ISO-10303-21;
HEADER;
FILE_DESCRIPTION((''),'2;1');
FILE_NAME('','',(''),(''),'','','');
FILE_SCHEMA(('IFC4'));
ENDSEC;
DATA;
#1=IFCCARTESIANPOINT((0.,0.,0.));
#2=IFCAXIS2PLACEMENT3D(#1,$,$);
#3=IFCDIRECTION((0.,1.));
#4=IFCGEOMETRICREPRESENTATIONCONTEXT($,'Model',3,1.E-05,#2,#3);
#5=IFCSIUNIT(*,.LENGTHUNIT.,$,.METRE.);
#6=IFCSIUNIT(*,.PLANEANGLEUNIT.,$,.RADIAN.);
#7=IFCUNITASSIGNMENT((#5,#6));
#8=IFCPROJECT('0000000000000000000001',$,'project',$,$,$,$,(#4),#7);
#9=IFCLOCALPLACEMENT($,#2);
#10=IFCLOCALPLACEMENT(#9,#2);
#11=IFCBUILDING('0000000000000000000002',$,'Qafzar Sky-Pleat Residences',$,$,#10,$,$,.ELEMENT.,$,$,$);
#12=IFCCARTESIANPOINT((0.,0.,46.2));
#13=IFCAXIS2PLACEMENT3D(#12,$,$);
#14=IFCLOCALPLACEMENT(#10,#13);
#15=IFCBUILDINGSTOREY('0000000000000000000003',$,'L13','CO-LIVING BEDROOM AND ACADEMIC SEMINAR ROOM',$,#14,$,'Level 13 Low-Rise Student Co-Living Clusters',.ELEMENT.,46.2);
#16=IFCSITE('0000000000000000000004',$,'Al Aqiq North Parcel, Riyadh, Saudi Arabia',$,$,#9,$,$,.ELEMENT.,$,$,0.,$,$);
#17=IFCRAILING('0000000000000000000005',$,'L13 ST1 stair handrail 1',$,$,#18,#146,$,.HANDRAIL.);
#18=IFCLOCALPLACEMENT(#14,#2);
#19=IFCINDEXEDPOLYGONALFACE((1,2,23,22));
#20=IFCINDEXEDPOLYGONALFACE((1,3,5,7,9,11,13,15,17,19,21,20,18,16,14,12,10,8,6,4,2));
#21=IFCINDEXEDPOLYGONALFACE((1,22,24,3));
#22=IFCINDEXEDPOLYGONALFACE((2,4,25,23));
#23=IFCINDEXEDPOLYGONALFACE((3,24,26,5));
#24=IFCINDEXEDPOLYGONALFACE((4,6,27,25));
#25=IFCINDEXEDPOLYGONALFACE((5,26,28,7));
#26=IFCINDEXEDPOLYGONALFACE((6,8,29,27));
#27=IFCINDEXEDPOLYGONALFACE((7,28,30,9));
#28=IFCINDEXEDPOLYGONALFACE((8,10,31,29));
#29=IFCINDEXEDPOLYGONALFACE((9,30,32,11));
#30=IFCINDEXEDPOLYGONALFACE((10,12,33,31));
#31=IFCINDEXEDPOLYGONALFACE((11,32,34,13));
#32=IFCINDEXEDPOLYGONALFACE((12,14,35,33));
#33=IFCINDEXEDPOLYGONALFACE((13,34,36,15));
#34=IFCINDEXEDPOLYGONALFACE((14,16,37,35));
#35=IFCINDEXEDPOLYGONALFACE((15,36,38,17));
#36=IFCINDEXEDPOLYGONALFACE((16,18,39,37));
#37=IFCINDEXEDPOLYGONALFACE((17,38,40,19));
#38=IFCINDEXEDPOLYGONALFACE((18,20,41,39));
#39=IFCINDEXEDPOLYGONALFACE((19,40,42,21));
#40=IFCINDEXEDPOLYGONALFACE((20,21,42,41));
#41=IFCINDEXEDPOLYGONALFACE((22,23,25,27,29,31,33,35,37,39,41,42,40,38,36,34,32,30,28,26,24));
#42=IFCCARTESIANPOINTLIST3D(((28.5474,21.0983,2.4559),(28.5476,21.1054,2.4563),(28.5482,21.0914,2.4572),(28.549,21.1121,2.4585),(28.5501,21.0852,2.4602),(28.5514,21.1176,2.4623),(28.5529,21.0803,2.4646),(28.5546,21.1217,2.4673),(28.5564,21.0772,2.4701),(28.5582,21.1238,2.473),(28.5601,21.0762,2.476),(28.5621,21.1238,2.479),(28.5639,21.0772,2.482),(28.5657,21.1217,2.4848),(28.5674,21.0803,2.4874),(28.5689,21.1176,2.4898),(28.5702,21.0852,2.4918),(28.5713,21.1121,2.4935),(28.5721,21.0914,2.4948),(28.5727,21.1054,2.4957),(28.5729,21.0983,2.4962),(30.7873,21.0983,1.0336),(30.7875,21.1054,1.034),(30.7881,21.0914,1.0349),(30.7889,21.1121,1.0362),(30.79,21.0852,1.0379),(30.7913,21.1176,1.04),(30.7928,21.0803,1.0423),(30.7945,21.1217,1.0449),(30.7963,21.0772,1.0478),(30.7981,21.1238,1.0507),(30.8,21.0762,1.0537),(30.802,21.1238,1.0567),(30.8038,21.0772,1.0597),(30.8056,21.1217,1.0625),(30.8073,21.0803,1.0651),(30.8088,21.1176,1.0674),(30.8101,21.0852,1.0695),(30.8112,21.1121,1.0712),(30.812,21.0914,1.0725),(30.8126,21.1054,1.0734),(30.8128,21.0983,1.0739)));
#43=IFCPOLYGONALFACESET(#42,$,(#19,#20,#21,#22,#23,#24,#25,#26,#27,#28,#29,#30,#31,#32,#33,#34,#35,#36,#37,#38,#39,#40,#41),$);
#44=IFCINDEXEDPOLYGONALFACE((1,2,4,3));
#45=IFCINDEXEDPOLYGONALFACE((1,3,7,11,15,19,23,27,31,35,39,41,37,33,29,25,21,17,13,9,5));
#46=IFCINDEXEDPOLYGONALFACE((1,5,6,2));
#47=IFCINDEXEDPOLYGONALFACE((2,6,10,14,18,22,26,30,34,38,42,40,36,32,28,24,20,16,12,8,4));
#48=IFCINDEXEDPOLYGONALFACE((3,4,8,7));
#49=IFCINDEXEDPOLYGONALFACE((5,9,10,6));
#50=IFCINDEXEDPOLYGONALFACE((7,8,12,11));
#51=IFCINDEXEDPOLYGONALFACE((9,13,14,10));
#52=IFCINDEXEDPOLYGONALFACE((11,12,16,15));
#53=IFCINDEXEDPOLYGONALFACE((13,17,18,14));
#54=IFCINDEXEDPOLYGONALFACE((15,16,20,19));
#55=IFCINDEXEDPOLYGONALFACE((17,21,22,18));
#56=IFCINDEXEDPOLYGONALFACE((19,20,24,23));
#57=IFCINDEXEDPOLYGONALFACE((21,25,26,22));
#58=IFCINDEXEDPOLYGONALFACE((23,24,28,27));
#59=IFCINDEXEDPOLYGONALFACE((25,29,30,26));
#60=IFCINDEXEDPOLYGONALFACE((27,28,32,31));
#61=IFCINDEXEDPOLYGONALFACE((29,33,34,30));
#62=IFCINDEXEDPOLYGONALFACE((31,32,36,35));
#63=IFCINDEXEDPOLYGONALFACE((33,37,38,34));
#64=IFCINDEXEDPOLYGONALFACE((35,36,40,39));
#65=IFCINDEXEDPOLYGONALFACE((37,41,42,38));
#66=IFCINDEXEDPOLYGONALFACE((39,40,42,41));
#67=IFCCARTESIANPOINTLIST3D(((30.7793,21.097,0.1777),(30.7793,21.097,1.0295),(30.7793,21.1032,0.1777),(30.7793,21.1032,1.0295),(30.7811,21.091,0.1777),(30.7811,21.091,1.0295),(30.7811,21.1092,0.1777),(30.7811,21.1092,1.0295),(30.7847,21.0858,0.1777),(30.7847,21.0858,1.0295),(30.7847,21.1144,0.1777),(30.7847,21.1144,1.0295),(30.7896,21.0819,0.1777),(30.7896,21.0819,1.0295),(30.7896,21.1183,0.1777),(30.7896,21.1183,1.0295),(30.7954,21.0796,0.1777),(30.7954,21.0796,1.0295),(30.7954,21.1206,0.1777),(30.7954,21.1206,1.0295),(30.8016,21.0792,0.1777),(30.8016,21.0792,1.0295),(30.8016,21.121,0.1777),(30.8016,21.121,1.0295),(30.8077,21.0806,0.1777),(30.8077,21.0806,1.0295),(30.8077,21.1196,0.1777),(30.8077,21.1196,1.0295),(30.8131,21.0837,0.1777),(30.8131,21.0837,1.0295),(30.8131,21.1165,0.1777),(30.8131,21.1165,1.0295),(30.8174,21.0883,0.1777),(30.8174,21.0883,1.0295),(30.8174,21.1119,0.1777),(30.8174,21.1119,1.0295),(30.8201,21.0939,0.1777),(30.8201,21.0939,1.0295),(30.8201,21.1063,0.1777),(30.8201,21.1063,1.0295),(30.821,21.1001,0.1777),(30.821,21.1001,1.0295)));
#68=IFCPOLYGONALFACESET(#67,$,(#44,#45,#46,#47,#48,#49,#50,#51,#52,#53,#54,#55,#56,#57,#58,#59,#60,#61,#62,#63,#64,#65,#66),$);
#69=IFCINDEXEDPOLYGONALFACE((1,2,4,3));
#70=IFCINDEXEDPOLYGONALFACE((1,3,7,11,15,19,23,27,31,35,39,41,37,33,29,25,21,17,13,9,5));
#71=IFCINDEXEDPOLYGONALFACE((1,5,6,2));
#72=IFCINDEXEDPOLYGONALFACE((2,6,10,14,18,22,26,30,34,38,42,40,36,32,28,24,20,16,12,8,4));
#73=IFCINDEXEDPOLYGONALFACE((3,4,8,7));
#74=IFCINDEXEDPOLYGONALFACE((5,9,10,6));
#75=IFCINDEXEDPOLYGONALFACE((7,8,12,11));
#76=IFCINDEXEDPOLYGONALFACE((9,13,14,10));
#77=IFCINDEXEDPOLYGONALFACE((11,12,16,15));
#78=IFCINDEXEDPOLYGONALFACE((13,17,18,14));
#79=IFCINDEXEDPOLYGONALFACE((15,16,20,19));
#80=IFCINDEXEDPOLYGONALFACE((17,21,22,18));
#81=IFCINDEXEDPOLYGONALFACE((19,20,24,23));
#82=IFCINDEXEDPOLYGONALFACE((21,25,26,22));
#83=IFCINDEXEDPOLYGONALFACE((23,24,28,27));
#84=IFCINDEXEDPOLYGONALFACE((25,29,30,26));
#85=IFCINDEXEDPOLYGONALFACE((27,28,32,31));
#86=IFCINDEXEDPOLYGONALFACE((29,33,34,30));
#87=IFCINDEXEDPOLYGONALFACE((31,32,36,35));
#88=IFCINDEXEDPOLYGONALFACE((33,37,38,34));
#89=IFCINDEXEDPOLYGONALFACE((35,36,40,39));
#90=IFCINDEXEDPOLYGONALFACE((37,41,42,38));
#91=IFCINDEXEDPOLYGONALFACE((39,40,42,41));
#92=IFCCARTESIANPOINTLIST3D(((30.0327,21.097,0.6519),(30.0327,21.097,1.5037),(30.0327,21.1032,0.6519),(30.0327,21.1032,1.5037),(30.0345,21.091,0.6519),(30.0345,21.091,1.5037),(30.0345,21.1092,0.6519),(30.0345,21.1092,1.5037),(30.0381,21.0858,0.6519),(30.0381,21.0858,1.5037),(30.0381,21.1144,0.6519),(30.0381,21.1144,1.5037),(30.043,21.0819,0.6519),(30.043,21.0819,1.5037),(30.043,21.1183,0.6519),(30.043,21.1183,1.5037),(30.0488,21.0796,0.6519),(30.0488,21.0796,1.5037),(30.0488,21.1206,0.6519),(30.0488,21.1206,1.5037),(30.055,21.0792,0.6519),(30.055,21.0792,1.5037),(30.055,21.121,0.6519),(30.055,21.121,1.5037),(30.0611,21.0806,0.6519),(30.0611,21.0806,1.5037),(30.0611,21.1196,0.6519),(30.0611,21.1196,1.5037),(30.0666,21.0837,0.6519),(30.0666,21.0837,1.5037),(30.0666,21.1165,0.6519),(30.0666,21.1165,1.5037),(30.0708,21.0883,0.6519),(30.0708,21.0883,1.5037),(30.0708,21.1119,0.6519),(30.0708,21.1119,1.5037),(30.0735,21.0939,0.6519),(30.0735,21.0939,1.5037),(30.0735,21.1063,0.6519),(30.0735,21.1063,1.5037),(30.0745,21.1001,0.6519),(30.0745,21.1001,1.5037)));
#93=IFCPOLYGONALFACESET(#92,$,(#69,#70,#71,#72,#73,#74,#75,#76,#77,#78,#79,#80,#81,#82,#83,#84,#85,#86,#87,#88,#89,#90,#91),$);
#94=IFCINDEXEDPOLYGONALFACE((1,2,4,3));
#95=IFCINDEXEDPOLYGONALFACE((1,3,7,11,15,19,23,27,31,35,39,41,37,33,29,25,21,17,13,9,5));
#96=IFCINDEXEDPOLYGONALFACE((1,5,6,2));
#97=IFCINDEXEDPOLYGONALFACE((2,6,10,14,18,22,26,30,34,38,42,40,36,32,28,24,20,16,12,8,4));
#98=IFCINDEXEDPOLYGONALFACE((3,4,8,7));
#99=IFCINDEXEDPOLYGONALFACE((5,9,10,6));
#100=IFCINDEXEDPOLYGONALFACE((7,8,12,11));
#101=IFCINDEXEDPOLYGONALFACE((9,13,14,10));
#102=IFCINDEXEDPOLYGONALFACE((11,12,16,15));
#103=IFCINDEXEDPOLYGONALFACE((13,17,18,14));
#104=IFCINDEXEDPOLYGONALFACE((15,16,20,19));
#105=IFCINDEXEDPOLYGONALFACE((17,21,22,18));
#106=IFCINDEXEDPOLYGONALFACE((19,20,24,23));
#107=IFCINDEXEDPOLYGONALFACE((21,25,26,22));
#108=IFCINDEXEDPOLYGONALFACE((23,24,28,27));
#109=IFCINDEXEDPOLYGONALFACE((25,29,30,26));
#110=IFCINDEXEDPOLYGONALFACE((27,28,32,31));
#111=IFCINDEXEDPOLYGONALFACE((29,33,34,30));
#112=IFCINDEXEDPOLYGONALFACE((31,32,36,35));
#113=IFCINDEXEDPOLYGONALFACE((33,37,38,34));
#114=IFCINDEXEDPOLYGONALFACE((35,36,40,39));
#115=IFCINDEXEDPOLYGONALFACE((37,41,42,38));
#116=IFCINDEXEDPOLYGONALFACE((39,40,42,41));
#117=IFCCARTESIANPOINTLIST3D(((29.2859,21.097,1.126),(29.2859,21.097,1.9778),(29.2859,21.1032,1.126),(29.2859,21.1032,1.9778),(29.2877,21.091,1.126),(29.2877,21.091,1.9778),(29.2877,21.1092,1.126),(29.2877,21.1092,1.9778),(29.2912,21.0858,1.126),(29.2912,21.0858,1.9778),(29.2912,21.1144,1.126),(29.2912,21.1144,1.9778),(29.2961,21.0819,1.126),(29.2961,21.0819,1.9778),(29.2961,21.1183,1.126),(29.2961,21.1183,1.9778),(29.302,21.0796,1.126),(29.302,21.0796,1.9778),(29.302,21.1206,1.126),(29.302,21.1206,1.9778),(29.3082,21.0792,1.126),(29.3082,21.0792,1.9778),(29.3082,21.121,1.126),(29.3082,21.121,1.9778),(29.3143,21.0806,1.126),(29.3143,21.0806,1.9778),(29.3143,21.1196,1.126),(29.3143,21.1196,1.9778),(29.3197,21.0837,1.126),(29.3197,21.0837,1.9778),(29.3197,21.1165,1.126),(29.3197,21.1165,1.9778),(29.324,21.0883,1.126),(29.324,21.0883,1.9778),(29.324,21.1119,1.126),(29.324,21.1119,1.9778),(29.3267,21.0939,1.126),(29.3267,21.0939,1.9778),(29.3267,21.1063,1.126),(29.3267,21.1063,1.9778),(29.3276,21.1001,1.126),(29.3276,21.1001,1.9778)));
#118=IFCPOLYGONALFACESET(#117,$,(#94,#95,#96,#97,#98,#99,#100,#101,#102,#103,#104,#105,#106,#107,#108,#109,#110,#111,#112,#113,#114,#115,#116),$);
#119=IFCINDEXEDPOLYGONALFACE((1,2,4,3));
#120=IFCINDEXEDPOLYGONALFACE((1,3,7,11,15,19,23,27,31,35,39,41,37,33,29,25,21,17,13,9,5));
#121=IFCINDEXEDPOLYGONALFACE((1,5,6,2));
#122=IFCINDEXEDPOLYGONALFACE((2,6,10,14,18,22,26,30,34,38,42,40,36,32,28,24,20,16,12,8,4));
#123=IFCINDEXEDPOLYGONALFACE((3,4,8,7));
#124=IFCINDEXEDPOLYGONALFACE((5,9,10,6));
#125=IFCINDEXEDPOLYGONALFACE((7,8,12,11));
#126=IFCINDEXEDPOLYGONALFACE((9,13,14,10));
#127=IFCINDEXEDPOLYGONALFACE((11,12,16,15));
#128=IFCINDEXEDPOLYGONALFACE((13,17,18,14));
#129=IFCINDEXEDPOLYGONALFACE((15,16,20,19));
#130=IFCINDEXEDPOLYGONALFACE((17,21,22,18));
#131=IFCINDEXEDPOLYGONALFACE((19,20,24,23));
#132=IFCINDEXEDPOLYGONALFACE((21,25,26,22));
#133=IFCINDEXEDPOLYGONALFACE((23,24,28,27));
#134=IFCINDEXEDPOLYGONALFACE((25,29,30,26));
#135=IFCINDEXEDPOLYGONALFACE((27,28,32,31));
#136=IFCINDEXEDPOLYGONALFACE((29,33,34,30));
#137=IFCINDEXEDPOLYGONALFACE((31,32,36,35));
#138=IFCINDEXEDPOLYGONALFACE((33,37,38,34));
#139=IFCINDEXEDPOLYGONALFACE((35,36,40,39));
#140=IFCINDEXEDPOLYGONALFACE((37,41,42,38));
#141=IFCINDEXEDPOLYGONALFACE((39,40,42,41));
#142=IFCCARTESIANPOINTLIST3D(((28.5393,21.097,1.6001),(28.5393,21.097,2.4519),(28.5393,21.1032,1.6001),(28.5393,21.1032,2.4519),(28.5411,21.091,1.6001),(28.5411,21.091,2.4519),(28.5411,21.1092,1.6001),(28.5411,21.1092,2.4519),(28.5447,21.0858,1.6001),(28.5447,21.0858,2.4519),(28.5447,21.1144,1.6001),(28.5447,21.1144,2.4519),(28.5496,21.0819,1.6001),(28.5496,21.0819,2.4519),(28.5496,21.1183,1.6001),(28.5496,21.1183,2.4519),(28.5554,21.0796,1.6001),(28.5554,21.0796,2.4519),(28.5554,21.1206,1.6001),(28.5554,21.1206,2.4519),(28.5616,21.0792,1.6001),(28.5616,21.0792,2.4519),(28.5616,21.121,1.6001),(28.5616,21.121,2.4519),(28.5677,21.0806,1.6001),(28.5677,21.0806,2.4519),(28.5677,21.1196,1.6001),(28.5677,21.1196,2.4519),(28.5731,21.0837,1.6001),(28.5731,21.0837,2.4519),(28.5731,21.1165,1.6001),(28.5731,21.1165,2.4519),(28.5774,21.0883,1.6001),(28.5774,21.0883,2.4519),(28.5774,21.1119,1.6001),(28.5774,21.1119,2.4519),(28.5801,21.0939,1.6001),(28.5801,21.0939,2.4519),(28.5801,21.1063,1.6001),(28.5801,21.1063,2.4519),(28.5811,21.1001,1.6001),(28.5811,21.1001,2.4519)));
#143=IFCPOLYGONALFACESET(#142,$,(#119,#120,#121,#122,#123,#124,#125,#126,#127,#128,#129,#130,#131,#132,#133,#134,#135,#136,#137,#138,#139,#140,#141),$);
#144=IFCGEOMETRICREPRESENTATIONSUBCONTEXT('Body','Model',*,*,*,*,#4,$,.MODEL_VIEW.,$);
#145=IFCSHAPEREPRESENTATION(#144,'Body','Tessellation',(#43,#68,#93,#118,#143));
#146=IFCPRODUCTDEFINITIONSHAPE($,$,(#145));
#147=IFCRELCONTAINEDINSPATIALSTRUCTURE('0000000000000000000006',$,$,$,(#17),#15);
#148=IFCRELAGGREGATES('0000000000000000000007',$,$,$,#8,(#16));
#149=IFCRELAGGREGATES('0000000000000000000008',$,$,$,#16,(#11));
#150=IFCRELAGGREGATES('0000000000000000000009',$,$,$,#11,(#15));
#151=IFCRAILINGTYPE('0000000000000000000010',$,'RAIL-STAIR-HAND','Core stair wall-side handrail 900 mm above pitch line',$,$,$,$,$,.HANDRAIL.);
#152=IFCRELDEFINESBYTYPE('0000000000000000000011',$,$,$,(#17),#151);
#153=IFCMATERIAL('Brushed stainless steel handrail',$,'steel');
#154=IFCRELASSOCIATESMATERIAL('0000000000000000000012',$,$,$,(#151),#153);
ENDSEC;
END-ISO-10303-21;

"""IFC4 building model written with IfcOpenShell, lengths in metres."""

from ifc_helpers import new_model, si_unit, direction, frame, origin, origin_2d, place, context, subcontext, project, spatial, circle, extrude, source, transform, mapped, material, type_object, element, save


model = new_model("IFC4")

# Units and contexts
model_context = context("Model", 3, precision=1e-05, world=origin(), true_north=direction((0.0, 1.0)))
body_context = subcontext(model_context, "Body", "Model", "MODEL_VIEW")
ifc_project = project(units=[si_unit("LENGTHUNIT", "METRE"), si_unit("PLANEANGLEUNIT", "RADIAN")], contexts=[model_context])

# Site, building, storey
site_placement = place(None, origin())
site = spatial("IfcSite", under=ifc_project, at=site_placement, Name="Al Aqiq North Parcel, Riyadh, Saudi Arabia", CompositionType="ELEMENT", RefElevation=0.0)
building_placement = place(site_placement, origin())
building = spatial("IfcBuilding", under=site, at=building_placement, Name="Qafzar Sky-Pleat Residences", CompositionType="ELEMENT")
storey_placement = place(building_placement, frame((0.0, 0.0, 46.2)))
storey = spatial("IfcBuildingStorey", under=building, at=storey_placement, Name="L13", Description="CO-LIVING BEDROOM AND ACADEMIC SEMINAR ROOM", LongName="Level 13 Low-Rise Student Co-Living Clusters", CompositionType="ELEMENT", Elevation=46.2)

# Railing
ifc_material_1 = material(Name="Brushed stainless steel handrail", Category="steel")
railing_type_1 = type_object("IfcRailingType", Name="RAIL-STAIR-HAND", Description="Core stair wall-side handrail 900 mm above pitch line", PredefinedType="HANDRAIL", material=ifc_material_1)
shared_shape_1 = source(origin(), body_context, "Body", "SweptSolid", [
    extrude(circle(Radius=0.0239, at=origin_2d()), frame((0.0, 0.0, 0.876), z_axis=(-0.844188, 0.0, 0.536048), x_axis=(0.0, -1.0, 0.0)), (0.0, 0.0, 1.0), 2.6533),
    extrude(circle(Radius=0.021, at=origin_2d()), origin(), (0.0, 0.0, 1.0), 0.8518),
    extrude(circle(Radius=0.021, at=origin_2d()), frame((-0.7466, 0.0, 0.4741)), (0.0, 0.0, 1.0), 0.8518),
    extrude(circle(Radius=0.021, at=origin_2d()), frame((-1.4934, 0.0, 0.9482)), (0.0, 0.0, 1.0), 0.8518),
    extrude(circle(Radius=0.021, at=origin_2d()), frame((-2.24, 0.0, 1.4224)), (0.0, 0.0, 1.0), 0.8518),
])
railing_1_placement = place(storey_placement, frame((30.8, 21.1001, 0.1777)))
element("IfcRailing", 1, at=railing_1_placement, inside=storey, type_object=railing_type_1, Name="L13 ST1 stair handrail 1", PredefinedType="HANDRAIL", context=body_context, shape_type="MappedRepresentation", body=[
    mapped(shared_shape_1, transform((0.0, 0.0, 0.0), x_axis=(1.0, 0.0, 0.0), y_axis=(0.0, 1.0, 0.0), z_axis=(0.0, 0.0, 1.0), scale=1.0)),
])

save(model, "model.ifc")
